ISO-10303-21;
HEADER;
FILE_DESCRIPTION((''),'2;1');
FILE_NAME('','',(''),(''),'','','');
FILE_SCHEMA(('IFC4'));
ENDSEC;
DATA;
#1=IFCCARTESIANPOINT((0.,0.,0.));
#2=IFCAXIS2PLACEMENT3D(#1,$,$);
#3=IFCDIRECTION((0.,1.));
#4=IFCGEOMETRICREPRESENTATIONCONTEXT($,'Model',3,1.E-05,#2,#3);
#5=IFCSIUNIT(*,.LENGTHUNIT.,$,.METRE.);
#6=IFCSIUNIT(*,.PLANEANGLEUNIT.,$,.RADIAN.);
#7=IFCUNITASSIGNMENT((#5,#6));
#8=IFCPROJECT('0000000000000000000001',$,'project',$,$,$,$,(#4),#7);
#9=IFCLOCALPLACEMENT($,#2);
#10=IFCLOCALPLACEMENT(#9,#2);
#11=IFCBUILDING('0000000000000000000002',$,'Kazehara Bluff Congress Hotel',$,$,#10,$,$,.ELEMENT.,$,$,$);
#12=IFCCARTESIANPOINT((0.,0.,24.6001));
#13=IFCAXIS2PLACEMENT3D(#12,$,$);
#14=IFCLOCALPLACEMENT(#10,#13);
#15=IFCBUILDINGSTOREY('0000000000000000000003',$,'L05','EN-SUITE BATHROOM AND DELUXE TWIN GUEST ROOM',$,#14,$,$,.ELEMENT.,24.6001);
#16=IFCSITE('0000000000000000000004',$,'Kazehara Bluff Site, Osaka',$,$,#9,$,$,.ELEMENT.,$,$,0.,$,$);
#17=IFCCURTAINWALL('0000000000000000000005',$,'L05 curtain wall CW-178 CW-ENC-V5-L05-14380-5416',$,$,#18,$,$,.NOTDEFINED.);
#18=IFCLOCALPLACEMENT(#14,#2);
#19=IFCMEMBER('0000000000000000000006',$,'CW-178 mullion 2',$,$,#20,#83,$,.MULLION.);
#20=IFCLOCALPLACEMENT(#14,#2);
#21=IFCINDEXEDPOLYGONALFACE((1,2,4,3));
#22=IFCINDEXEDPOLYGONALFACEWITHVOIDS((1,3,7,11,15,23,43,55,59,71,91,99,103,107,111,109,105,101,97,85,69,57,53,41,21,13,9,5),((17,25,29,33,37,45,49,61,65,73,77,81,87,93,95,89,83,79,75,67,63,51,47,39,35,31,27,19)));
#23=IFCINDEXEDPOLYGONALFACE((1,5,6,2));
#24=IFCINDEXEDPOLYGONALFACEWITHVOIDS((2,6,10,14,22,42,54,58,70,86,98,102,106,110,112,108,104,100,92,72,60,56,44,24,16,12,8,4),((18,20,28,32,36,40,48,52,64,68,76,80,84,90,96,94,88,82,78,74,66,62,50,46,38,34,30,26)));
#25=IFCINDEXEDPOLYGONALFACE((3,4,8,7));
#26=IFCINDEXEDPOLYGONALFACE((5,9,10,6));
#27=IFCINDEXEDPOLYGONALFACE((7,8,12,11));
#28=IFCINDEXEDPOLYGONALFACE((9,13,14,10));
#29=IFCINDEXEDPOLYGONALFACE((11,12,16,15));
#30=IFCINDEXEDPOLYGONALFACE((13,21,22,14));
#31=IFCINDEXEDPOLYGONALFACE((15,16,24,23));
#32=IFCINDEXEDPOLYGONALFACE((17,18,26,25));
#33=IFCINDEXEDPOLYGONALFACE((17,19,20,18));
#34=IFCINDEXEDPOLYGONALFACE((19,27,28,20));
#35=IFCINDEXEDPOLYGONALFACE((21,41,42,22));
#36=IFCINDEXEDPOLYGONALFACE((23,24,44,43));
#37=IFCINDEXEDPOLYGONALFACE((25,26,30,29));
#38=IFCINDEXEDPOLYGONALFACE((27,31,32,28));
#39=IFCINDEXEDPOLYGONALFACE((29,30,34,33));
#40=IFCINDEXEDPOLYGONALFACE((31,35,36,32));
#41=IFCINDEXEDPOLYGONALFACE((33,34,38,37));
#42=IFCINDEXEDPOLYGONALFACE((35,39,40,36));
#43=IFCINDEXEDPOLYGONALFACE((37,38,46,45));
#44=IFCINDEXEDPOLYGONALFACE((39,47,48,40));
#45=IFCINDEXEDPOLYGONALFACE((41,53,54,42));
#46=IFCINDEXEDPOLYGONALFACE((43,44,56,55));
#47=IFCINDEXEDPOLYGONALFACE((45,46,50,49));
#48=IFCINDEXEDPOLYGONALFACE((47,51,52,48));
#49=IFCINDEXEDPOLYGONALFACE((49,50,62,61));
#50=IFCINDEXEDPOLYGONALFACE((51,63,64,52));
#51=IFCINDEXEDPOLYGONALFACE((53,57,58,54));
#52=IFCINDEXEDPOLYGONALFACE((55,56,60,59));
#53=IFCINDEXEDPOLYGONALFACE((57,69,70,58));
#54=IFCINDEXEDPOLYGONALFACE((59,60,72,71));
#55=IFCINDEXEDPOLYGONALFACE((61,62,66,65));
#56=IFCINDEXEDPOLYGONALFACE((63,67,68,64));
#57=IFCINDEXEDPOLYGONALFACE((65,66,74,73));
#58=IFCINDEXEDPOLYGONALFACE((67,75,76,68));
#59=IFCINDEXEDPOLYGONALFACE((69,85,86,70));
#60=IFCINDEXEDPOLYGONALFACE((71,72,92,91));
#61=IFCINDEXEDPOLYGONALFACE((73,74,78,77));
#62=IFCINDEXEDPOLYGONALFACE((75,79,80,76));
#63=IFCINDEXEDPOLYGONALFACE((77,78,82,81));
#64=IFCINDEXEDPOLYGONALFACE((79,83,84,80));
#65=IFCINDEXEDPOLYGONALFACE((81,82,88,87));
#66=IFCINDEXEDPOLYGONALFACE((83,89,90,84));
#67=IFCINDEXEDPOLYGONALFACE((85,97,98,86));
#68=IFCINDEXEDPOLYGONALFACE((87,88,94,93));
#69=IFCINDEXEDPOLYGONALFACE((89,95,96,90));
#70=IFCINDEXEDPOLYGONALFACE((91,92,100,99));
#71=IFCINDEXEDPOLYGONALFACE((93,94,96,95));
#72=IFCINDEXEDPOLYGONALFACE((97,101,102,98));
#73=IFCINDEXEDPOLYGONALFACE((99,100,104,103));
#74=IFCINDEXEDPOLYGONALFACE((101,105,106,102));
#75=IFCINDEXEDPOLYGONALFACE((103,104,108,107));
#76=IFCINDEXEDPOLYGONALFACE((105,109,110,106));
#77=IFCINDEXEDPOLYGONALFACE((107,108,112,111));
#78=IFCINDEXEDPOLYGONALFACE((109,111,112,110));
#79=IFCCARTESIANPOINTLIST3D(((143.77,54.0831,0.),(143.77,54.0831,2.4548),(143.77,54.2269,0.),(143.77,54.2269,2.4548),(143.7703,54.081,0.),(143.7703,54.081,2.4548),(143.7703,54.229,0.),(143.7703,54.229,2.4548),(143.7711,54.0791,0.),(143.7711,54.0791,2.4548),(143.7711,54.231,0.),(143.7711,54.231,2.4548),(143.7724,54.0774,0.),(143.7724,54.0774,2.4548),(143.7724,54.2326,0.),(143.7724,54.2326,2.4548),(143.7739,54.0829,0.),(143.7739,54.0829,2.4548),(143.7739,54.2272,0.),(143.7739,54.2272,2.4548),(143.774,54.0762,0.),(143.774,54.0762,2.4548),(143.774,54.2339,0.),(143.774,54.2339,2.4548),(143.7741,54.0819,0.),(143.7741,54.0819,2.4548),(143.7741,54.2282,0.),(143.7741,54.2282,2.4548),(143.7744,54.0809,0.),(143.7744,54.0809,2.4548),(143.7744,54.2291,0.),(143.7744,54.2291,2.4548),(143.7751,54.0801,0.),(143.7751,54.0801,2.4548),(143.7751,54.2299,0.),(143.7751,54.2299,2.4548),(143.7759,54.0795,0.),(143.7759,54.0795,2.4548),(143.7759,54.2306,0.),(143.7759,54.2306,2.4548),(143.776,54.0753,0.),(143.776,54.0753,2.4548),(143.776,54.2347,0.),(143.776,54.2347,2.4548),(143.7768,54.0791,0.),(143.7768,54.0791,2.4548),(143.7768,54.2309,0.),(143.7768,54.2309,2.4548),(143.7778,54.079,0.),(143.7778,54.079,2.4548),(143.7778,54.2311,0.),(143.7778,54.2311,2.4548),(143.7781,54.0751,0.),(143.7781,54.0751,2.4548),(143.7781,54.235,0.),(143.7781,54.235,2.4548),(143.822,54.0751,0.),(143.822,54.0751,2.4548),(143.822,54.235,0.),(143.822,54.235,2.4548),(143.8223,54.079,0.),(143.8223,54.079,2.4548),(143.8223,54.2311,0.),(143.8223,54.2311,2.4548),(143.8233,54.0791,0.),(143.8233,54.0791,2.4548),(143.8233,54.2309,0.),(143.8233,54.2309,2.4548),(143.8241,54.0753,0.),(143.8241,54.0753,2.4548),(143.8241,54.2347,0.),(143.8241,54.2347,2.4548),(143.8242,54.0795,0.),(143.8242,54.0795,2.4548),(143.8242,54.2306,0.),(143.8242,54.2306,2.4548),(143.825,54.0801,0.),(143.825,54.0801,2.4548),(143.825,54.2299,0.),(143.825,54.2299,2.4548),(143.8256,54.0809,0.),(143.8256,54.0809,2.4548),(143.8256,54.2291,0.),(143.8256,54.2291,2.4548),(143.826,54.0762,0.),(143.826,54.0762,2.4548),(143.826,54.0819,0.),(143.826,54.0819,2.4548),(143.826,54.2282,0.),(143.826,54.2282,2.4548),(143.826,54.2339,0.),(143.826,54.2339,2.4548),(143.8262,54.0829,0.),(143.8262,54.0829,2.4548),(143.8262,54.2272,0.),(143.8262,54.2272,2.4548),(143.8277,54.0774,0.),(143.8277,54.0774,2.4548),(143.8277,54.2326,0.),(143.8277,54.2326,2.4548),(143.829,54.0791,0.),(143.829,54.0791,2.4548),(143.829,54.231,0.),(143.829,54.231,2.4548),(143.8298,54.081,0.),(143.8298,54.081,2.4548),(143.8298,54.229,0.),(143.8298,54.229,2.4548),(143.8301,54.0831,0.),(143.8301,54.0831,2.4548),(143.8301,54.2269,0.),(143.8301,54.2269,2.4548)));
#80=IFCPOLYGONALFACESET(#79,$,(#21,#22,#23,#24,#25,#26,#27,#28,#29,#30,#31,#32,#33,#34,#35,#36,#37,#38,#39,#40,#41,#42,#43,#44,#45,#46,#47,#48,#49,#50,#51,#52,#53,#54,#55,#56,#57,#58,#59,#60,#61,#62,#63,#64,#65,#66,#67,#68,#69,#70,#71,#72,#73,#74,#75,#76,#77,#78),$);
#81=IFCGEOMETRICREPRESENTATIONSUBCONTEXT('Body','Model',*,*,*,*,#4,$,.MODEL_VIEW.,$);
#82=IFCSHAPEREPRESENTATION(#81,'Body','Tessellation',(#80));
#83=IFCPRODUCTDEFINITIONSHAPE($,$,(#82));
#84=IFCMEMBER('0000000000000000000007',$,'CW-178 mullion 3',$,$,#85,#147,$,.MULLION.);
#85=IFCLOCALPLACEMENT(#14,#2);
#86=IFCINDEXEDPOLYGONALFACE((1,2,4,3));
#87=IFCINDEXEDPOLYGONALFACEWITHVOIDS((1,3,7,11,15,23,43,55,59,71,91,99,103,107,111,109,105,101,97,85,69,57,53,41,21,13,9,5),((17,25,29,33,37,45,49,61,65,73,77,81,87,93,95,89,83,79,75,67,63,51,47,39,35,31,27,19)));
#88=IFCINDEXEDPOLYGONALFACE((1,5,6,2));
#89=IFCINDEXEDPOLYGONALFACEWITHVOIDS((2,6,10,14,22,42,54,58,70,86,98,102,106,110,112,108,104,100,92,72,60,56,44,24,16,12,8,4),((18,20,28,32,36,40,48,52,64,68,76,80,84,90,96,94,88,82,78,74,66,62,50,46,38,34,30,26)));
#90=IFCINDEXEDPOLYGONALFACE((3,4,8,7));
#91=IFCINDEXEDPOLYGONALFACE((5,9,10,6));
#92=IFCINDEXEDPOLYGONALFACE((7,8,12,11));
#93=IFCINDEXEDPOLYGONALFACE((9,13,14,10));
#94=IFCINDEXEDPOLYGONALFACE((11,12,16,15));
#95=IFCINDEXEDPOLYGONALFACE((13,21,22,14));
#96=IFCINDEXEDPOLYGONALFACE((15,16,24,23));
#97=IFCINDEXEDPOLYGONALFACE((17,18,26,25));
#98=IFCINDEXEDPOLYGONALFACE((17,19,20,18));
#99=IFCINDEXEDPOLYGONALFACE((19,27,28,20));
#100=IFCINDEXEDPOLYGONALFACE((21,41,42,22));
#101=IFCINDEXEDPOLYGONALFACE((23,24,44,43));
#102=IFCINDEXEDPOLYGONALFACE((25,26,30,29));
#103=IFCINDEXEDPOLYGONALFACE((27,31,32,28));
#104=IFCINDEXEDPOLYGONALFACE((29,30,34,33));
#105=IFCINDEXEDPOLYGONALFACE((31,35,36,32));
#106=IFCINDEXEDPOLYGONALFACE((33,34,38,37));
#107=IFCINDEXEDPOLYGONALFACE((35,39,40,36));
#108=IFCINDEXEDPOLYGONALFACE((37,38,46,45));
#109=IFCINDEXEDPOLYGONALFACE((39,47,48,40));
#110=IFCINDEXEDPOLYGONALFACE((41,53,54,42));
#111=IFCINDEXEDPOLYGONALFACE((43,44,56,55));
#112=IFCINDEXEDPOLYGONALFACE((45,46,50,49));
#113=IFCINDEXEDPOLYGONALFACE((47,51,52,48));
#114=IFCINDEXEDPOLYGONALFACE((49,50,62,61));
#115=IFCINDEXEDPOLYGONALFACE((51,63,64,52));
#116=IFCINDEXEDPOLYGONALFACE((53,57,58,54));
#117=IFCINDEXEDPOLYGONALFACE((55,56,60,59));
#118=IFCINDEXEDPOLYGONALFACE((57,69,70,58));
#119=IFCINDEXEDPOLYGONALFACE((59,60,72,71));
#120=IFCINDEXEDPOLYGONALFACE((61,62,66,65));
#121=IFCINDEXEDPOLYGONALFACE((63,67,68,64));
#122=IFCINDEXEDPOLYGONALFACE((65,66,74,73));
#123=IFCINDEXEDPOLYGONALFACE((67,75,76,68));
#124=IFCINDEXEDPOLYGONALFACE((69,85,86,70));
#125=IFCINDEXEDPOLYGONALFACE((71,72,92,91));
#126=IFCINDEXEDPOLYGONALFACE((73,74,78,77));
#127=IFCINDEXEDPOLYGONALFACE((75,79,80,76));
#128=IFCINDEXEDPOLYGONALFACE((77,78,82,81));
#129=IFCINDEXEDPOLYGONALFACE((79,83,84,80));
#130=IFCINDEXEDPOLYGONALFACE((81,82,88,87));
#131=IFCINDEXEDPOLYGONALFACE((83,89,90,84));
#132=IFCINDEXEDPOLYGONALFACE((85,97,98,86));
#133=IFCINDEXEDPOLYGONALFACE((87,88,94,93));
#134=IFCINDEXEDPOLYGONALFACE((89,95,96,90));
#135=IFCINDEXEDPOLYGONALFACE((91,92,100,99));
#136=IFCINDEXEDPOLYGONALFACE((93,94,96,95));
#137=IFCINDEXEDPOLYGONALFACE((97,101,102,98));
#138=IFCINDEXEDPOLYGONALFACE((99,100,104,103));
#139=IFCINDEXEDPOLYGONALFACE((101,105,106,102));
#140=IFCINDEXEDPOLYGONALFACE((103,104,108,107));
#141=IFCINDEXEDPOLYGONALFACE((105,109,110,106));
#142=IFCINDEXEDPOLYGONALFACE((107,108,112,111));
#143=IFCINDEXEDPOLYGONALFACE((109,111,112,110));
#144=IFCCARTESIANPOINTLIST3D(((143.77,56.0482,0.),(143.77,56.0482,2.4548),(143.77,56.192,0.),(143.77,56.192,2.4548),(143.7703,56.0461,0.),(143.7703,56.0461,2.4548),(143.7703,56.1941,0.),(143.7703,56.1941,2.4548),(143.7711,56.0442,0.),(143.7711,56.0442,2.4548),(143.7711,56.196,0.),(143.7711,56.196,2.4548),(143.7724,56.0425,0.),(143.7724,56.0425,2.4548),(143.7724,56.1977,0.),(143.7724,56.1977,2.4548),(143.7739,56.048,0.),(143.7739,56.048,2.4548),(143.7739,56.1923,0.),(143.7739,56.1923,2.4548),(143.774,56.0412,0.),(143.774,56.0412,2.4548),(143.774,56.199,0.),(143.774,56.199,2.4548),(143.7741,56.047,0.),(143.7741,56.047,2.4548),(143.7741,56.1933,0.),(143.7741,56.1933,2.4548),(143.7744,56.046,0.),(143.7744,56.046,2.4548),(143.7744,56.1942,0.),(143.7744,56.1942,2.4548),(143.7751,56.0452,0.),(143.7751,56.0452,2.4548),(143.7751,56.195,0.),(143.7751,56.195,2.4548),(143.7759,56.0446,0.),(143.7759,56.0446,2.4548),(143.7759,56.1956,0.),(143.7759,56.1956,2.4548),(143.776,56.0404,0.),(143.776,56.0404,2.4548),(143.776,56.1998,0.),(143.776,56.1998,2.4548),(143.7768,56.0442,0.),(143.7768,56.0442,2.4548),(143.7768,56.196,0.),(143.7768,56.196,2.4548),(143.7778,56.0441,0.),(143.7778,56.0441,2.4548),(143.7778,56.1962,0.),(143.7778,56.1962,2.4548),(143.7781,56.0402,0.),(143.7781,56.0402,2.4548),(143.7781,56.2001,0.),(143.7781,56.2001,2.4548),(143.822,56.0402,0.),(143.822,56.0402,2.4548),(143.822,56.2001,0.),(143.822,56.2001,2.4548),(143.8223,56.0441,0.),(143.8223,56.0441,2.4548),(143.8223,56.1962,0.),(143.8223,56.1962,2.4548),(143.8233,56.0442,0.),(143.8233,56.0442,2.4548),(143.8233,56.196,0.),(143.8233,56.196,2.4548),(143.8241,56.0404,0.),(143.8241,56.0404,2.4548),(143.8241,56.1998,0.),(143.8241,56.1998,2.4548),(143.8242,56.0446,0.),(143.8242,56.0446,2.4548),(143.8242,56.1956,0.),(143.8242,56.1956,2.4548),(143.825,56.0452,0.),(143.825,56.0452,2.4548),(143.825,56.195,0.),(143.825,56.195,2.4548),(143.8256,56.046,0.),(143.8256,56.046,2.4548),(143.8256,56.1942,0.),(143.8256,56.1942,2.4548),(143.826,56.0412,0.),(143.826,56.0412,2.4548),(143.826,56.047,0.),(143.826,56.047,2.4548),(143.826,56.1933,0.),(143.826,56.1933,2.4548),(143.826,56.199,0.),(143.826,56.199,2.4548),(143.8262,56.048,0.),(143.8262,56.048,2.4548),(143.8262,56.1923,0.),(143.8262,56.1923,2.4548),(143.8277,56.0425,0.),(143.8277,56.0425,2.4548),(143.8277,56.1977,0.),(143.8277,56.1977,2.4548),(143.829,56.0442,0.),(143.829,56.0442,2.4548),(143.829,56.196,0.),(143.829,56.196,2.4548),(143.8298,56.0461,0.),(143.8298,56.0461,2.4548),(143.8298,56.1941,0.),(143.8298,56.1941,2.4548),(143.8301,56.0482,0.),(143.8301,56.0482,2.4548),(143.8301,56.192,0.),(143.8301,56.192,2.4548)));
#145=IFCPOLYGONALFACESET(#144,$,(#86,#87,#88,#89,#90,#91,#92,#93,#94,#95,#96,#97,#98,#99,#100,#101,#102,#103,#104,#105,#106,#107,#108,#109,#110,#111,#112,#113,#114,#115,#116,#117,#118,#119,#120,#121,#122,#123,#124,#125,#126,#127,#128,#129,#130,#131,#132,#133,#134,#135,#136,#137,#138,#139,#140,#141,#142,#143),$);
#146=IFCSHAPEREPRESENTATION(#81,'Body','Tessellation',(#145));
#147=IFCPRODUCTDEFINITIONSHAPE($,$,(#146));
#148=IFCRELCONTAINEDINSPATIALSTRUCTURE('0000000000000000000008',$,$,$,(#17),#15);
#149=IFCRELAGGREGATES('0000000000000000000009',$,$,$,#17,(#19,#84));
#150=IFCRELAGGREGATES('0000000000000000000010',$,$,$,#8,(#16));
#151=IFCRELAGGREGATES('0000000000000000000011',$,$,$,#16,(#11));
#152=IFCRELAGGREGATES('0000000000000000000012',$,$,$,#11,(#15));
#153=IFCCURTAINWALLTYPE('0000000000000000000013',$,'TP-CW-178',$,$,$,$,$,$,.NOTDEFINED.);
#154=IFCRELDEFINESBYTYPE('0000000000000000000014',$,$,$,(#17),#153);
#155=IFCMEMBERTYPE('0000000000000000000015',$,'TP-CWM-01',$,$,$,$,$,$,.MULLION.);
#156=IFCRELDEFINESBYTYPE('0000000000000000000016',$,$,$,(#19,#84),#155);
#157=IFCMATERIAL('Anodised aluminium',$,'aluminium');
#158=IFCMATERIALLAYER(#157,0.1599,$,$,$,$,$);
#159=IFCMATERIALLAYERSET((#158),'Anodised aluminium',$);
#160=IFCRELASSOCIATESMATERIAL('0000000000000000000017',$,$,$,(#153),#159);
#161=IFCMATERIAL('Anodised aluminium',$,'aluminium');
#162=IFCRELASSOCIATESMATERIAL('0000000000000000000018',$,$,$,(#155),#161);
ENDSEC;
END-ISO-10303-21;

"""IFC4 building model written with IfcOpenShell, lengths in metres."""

from ifc_helpers import new_model, si_unit, direction, frame, origin, origin_2d, place, context, subcontext, project, spatial, hollow_rectangle, extrude, material, layer, layer_set, material_profile, profile_set, type_object, element, aggregate, save


model = new_model("IFC4")

# Units and contexts
model_context = context("Model", 3, precision=1e-05, world=origin(), true_north=direction((0.0, 1.0)))
body_context = subcontext(model_context, "Body", "Model", "MODEL_VIEW")
ifc_project = project(units=[si_unit("LENGTHUNIT", "METRE"), si_unit("PLANEANGLEUNIT", "RADIAN")], contexts=[model_context])

# Site, building, storey
site_placement = place(None, origin())
site = spatial("IfcSite", under=ifc_project, at=site_placement, Name="Kazehara Bluff Site, Osaka", CompositionType="ELEMENT", RefElevation=0.0)
building_placement = place(site_placement, origin())
building = spatial("IfcBuilding", under=site, at=building_placement, Name="Kazehara Bluff Congress Hotel", CompositionType="ELEMENT")
storey_placement = place(building_placement, frame((0.0, 0.0, 24.6001)))
storey = spatial("IfcBuildingStorey", under=building, at=storey_placement, Name="L05", Description="EN-SUITE BATHROOM AND DELUXE TWIN GUEST ROOM", CompositionType="ELEMENT", Elevation=24.6001)

# Curtain wall, members
ifc_material_1 = material(Name="Anodised aluminium", Category="aluminium")
ifc_layer_1 = layer(ifc_material_1, 0.1599)
ifc_layer_set_1 = layer_set([ifc_layer_1], Name="Anodised aluminium")
curtain_wall_type_1 = type_object("IfcCurtainWallType", Name="TP-CW-178", PredefinedType="NOTDEFINED", material=ifc_layer_set_1)
curtain_wall_1_placement = place(storey_placement, origin())
curtain_wall_1 = element("IfcCurtainWall", 1, at=curtain_wall_1_placement, inside=storey, type_object=curtain_wall_type_1, Name="L05 curtain wall CW-178 CW-ENC-V5-L05-14380-5416", PredefinedType="NOTDEFINED")
ifc_material_2 = material(Name="Anodised aluminium", Category="aluminium")
ifc_material_profile_1 = material_profile(ifc_material_2, hollow_rectangle(XDim=0.0601, YDim=0.1599, WallThickness=0.0039, InnerFilletRadius=0.0039, OuterFilletRadius=0.0081, at=origin_2d()))
ifc_profile_set_1 = profile_set([ifc_material_profile_1], Name="Anodised aluminium")
member_type_1 = type_object("IfcMemberType", Name="TP-CWM-01", PredefinedType="MULLION", material=ifc_profile_set_1)
member_1_placement = place(storey_placement, frame((143.8, 54.155, 0.0), z_axis=(0.0, 0.0, 1.0), x_axis=(-1.0, 0.0, 0.0)))
member_1 = element("IfcMember", 2, at=member_1_placement, type_object=member_type_1, Name="CW-178 mullion 2", PredefinedType="MULLION", context=body_context, shape_type="SweptSolid", body=[
    extrude(hollow_rectangle(XDim=0.0601, YDim=0.1599, WallThickness=0.0039, InnerFilletRadius=0.0039, OuterFilletRadius=0.0081, at=origin_2d()), origin(), (0.0, 0.0, 1.0), 2.4548),
])
member_2_placement = place(storey_placement, frame((143.8, 56.1201, 0.0), z_axis=(0.0, 0.0, 1.0), x_axis=(-1.0, 0.0, 0.0)))
member_2 = element("IfcMember", 3, at=member_2_placement, type_object=member_type_1, Name="CW-178 mullion 3", PredefinedType="MULLION", context=body_context, shape_type="SweptSolid", body=[
    extrude(hollow_rectangle(XDim=0.0601, YDim=0.1599, WallThickness=0.0039, InnerFilletRadius=0.0039, OuterFilletRadius=0.0081, at=origin_2d()), origin(), (0.0, 0.0, 1.0), 2.4548),
])

aggregate(curtain_wall_1, [member_1, member_2])

save(model, "model.ifc")
